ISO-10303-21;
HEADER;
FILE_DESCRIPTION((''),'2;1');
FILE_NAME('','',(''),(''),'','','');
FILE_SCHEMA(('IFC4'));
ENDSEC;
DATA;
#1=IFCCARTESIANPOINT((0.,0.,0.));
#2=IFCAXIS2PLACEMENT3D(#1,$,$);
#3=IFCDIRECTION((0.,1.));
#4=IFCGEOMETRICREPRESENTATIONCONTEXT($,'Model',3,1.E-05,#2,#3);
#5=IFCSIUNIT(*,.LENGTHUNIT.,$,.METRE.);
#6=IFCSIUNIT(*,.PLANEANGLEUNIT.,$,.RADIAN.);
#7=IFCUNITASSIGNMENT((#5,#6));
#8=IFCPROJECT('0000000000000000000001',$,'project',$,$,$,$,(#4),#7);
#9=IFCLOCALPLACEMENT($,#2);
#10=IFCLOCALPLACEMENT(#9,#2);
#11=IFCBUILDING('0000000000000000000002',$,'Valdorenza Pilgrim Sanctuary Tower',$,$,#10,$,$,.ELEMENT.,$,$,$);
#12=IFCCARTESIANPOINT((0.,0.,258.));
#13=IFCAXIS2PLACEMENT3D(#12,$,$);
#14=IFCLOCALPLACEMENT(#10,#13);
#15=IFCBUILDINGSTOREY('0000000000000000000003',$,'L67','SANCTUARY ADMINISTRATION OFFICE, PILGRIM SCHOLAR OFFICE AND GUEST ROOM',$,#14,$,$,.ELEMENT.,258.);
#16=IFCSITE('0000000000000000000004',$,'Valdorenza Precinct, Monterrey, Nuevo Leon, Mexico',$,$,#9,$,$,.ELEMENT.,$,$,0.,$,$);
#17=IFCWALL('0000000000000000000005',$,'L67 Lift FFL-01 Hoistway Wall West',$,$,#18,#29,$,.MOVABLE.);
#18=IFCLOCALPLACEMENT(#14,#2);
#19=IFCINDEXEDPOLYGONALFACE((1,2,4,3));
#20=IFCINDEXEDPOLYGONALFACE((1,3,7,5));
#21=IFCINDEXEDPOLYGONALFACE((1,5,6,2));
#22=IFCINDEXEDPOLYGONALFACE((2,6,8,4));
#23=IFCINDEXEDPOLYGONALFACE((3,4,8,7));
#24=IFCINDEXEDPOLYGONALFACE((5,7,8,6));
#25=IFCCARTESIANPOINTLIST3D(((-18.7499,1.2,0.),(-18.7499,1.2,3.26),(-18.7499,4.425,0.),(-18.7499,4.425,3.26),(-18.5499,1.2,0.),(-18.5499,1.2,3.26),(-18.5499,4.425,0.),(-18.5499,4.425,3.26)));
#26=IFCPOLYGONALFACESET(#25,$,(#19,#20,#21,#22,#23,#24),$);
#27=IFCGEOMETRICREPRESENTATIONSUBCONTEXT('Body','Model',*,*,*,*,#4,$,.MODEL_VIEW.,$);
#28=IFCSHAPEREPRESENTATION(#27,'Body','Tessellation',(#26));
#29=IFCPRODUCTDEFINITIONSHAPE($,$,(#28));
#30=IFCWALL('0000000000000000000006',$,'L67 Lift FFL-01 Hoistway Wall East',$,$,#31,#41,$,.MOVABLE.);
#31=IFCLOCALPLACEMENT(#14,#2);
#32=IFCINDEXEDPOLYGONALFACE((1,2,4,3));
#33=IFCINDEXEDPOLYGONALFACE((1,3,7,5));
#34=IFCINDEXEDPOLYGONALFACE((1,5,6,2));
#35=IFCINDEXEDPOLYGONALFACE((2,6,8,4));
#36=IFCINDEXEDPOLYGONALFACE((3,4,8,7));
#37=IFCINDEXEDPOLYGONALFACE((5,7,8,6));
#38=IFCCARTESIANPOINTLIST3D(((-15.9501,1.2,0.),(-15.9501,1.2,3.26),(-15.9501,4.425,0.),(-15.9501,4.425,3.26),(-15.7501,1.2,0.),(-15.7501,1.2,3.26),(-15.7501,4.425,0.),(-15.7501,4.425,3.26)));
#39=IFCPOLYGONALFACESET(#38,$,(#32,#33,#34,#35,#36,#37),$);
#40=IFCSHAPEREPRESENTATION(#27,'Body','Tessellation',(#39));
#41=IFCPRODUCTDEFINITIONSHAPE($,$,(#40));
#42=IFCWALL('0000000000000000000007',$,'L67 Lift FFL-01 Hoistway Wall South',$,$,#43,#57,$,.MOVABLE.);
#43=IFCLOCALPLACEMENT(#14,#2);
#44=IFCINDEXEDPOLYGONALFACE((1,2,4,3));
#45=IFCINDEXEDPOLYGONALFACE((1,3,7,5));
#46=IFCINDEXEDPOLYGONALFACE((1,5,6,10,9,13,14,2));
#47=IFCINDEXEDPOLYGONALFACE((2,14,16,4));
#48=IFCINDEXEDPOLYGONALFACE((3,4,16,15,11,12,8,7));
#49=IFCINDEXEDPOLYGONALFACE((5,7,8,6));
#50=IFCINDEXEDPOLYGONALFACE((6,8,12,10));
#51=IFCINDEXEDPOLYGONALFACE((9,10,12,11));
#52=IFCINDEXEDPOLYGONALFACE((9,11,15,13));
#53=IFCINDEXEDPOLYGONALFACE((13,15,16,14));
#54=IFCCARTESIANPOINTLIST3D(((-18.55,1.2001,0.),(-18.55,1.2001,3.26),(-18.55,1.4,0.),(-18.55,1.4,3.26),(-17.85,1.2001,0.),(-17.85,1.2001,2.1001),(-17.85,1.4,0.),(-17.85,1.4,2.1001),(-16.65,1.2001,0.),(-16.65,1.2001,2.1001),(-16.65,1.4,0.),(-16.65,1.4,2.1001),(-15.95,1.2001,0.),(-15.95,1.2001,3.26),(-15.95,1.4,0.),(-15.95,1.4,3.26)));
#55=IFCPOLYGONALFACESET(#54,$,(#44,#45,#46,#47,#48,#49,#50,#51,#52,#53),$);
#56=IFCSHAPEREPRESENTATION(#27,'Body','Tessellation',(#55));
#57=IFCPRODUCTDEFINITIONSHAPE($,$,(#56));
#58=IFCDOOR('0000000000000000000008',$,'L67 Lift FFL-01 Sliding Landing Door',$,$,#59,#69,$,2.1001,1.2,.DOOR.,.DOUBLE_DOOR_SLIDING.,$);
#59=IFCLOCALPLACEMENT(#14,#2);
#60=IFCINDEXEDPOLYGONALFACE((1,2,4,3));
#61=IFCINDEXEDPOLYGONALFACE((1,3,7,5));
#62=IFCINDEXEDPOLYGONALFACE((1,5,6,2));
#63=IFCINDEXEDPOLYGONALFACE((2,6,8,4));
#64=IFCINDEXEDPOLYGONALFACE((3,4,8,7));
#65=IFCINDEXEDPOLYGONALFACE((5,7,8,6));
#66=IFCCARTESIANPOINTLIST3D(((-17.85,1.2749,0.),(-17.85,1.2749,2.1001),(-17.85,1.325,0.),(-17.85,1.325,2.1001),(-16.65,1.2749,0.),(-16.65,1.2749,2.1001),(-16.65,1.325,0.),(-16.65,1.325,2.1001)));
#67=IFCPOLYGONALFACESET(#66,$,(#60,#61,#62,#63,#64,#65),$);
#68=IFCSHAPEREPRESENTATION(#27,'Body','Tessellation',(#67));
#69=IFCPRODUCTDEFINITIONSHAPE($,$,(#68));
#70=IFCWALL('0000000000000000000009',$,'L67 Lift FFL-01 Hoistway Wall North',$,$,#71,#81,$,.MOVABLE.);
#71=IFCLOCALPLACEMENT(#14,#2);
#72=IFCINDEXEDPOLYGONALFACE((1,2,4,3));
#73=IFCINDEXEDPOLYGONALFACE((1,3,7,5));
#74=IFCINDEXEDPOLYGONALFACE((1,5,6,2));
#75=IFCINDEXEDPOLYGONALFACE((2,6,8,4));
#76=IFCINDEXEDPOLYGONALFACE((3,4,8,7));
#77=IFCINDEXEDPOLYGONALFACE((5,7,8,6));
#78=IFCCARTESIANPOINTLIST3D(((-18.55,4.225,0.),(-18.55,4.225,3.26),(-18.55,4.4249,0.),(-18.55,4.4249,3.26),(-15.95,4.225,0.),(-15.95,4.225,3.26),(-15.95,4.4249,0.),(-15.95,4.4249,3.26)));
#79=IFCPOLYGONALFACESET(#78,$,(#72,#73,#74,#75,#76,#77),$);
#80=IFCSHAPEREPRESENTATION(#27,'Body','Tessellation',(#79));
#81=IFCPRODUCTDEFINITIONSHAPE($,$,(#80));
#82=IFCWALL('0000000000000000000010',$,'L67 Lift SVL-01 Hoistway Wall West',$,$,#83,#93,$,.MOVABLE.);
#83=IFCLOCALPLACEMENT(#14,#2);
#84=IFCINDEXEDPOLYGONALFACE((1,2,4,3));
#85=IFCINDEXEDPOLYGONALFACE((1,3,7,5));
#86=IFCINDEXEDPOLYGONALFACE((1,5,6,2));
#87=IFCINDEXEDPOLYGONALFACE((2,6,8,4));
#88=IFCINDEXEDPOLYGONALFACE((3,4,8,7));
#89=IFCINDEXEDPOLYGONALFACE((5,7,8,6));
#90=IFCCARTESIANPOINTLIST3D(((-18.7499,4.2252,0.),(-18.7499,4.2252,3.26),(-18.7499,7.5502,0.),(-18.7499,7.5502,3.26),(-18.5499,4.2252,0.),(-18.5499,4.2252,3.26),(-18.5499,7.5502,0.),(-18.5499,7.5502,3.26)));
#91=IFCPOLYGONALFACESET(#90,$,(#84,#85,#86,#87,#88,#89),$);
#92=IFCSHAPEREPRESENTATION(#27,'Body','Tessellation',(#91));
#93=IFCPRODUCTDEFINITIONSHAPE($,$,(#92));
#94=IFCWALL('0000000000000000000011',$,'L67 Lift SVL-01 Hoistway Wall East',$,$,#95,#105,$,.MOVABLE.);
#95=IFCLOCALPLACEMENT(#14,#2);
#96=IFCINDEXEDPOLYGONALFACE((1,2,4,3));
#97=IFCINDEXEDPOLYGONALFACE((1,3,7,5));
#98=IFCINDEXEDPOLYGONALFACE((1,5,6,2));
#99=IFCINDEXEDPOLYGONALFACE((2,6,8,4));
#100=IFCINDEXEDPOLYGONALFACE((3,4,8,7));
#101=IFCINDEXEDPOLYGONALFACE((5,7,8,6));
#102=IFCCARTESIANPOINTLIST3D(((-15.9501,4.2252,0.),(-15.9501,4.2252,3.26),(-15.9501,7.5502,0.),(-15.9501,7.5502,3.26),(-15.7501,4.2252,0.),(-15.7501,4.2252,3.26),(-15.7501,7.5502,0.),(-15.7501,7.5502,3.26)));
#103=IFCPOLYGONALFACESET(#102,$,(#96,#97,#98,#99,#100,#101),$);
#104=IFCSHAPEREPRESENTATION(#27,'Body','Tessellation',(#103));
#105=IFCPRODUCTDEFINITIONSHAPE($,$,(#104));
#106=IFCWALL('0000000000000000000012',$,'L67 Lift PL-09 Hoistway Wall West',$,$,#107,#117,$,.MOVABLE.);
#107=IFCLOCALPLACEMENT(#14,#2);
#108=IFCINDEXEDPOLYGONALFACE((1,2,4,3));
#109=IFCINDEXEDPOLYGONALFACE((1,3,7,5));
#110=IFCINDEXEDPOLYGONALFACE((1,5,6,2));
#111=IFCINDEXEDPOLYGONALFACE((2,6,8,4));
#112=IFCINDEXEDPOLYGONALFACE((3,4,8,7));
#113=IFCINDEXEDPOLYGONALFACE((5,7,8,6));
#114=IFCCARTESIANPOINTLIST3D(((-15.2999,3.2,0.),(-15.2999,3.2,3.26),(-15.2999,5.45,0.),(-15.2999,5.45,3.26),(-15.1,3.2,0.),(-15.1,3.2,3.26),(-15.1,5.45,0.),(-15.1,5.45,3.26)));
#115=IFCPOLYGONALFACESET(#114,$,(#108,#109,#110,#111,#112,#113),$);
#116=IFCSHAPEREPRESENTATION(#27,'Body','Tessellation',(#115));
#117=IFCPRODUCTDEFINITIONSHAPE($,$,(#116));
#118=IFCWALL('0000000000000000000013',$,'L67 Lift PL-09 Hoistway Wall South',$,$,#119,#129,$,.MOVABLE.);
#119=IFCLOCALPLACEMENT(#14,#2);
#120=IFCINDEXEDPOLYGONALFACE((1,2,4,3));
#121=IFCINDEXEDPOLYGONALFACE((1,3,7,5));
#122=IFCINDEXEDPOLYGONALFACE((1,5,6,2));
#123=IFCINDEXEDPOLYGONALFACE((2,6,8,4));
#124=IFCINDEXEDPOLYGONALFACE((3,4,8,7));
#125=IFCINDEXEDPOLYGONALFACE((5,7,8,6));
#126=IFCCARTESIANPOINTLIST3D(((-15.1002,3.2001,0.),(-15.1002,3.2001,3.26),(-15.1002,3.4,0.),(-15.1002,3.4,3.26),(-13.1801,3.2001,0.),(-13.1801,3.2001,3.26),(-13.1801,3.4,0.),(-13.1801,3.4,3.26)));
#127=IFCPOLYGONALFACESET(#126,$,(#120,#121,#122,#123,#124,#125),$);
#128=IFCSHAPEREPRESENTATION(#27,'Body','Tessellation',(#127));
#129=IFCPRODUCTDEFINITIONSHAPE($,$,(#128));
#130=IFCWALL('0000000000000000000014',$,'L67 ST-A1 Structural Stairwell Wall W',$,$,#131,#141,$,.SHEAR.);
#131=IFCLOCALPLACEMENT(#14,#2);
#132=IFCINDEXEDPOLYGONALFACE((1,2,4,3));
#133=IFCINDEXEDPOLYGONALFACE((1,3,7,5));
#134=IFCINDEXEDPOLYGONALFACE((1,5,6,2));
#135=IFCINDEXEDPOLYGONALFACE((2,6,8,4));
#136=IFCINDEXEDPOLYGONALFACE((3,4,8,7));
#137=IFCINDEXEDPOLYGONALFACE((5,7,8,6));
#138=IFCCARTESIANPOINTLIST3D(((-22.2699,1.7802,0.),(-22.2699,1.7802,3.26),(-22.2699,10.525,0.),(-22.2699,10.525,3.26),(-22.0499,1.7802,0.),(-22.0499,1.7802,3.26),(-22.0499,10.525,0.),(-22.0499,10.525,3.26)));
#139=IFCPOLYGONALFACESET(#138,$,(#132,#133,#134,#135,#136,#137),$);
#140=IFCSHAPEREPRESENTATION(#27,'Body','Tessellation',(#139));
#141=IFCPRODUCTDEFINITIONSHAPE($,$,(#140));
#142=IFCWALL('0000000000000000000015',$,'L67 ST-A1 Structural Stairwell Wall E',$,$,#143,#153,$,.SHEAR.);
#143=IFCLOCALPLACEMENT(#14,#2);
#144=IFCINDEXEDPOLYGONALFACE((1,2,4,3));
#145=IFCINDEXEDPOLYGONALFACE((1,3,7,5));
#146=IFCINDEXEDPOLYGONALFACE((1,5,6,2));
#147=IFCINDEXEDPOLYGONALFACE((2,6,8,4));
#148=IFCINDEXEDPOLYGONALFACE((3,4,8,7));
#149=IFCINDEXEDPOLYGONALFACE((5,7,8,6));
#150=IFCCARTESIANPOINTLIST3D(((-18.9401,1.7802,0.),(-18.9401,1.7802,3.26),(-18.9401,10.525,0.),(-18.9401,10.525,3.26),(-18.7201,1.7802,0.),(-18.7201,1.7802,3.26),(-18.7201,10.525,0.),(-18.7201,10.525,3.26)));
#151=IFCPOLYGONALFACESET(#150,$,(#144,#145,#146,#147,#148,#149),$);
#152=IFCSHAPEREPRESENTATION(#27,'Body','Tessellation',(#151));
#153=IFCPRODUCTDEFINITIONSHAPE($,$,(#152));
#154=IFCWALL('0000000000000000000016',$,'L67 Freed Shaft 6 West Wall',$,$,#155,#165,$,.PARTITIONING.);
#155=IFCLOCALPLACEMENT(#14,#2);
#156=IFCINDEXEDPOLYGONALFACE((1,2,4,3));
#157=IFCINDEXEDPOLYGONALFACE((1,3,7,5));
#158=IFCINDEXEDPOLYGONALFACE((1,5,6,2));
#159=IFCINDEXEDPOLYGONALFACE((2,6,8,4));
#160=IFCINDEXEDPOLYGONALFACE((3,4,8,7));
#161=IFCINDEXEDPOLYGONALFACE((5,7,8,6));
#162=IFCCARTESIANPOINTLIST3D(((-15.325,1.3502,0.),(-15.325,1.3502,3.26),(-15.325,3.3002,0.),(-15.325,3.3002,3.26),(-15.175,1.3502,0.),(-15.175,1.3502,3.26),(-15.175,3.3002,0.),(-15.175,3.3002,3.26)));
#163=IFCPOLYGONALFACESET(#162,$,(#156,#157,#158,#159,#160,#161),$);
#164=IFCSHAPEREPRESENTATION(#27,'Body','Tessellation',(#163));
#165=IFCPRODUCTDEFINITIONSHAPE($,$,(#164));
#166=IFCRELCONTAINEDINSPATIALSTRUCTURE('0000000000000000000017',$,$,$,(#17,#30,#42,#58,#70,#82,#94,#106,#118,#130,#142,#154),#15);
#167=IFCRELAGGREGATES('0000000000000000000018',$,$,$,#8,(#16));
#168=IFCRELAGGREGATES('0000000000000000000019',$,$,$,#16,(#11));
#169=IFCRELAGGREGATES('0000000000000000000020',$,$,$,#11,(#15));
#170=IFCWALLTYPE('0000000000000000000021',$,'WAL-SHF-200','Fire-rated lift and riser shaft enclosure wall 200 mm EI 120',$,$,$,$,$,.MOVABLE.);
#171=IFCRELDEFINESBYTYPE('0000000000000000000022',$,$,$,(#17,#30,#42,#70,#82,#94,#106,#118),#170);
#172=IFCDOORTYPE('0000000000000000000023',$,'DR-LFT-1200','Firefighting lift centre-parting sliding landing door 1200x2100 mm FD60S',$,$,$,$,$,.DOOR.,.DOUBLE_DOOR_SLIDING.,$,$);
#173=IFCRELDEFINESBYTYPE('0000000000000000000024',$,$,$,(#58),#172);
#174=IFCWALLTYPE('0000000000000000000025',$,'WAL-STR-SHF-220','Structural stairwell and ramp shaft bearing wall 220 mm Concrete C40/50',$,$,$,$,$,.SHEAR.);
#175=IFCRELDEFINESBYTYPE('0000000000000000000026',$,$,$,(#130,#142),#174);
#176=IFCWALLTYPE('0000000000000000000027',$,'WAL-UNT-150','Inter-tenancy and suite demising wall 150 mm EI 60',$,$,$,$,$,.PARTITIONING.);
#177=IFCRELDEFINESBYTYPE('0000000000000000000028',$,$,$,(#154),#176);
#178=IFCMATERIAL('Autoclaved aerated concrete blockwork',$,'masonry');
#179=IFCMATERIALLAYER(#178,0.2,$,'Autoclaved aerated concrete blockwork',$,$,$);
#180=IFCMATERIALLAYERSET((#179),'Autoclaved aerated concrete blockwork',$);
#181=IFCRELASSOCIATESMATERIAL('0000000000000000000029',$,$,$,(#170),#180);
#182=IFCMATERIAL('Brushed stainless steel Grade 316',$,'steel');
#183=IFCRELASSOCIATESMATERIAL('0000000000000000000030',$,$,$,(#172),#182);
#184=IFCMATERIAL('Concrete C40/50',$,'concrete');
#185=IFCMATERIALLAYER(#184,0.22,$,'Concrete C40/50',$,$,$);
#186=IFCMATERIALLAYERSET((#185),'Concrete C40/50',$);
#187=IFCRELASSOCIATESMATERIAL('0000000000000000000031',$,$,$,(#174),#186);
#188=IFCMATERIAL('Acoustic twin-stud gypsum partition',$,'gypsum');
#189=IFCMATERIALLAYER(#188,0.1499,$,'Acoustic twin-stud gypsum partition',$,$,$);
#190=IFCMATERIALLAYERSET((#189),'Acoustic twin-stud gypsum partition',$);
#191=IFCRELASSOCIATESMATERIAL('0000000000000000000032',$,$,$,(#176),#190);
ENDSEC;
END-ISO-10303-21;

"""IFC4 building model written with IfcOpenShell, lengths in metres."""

from ifc_helpers import new_model, si_unit, direction, frame, frame_2d, origin, place, context, subcontext, project, spatial, rectangle, extrude, material, layer, layer_set, type_object, element, fill, save


model = new_model("IFC4")

# Units and contexts
model_context = context("Model", 3, precision=1e-05, world=origin(), true_north=direction((0.0, 1.0)))
body_context = subcontext(model_context, "Body", "Model", "MODEL_VIEW")
ifc_project = project(units=[si_unit("LENGTHUNIT", "METRE"), si_unit("PLANEANGLEUNIT", "RADIAN")], contexts=[model_context])

# Site, building, storey
site_placement = place(None, origin())
site = spatial("IfcSite", under=ifc_project, at=site_placement, Name="Valdorenza Precinct, Monterrey, Nuevo Leon, Mexico", CompositionType="ELEMENT", RefElevation=0.0)
building_placement = place(site_placement, origin())
building = spatial("IfcBuilding", under=site, at=building_placement, Name="Valdorenza Pilgrim Sanctuary Tower", CompositionType="ELEMENT")
storey_placement = place(building_placement, frame((0.0, 0.0, 258.0)))
storey = spatial("IfcBuildingStorey", under=building, at=storey_placement, Name="L67", Description="SANCTUARY ADMINISTRATION OFFICE, PILGRIM SCHOLAR OFFICE AND GUEST ROOM", CompositionType="ELEMENT", Elevation=258.0)

# Walls
ifc_material_1 = material(Name="Autoclaved aerated concrete blockwork", Category="masonry")
ifc_layer_1 = layer(ifc_material_1, 0.2, Name="Autoclaved aerated concrete blockwork")
ifc_layer_set_1 = layer_set([ifc_layer_1], Name="Autoclaved aerated concrete blockwork")
wall_type_1 = type_object("IfcWallType", Name="WAL-SHF-200", Description="Fire-rated lift and riser shaft enclosure wall 200 mm EI 120", PredefinedType="MOVABLE", material=ifc_layer_set_1)
for number, where, z_axis, x_axis, name in (
    (1, (-18.6499, 1.2, 0.0), (0.0, 0.0, 1.0), (0.0, 1.0, 0.0), "L67 Lift FFL-01 Hoistway Wall West"),
    (2, (-15.8501, 1.2, 0.0), (0.0, 0.0, 1.0), (0.0, 1.0, 0.0), "L67 Lift FFL-01 Hoistway Wall East"),
):
    element("IfcWall", number, at=place(storey_placement, frame(where, z_axis=z_axis, x_axis=x_axis)), inside=storey, type_object=wall_type_1, Name=name, PredefinedType="MOVABLE", context=body_context, shape_type="SweptSolid", body=[
        extrude(rectangle(XDim=3.2251, YDim=0.2, at=frame_2d((1.6125, 0.0))), origin(), (0.0, 0.0, 1.0), 3.26),
    ])

# Wall, opening, door
wall_1_placement = place(storey_placement, frame((-18.55, 1.3, 0.0), z_axis=(0.0, 0.0, 1.0), x_axis=(1.0, 0.0, 0.0)))
wall_1 = element("IfcWall", 3, at=wall_1_placement, inside=storey, type_object=wall_type_1, Name="L67 Lift FFL-01 Hoistway Wall South", PredefinedType="MOVABLE", context=body_context, shape_type="SweptSolid", body=[
    extrude(rectangle(XDim=2.6001, YDim=0.2, at=frame_2d((1.3, 0.0))), origin(), (0.0, 0.0, 1.0), 3.26),
])
opening_1_placement = place(wall_1_placement, frame((0.7, 0.0, 0.0)))
opening_1 = element("IfcOpeningElement", 4, at=opening_1_placement, cuts=wall_1, PredefinedType="OPENING", context=body_context, shape_type="SweptSolid", body=[
    extrude(rectangle(XDim=1.2, YDim=2.1001, at=frame_2d((0.6001, 1.05))), frame((0.0, 0.1147, 0.0), z_axis=(0.0, -1.0, 0.0), x_axis=(1.0, 0.0, 0.0)), (0.0, 0.0, 1.0), 0.2297),
])
ifc_material_2 = material(Name="Brushed stainless steel Grade 316", Category="steel")
door_type_1 = type_object("IfcDoorType", Name="DR-LFT-1200", Description="Firefighting lift centre-parting sliding landing door 1200x2100 mm FD60S", OperationType="DOUBLE_DOOR_SLIDING", PredefinedType="DOOR", material=ifc_material_2)
door_1_placement = place(opening_1_placement, origin())
door_1 = element("IfcDoor", 5, at=door_1_placement, inside=storey, type_object=door_type_1, Name="L67 Lift FFL-01 Sliding Landing Door", OperationType="DOUBLE_DOOR_SLIDING", OverallHeight=2.1001, OverallWidth=1.2, PredefinedType="DOOR", context=body_context, shape_type="SweptSolid", body=[
    extrude(rectangle(XDim=1.2, YDim=2.1001, at=frame_2d((0.6001, 1.05))), frame((0.0, 0.0249, 0.0), z_axis=(0.0, -1.0, 0.0), x_axis=(1.0, 0.0, 0.0)), (0.0, 0.0, 1.0), 0.05),
])
fill(opening_1, door_1)

# Walls
wall_2_placement = place(storey_placement, frame((-18.55, 4.325, 0.0), z_axis=(0.0, 0.0, 1.0), x_axis=(1.0, 0.0, 0.0)))
element("IfcWall", 6, at=wall_2_placement, inside=storey, type_object=wall_type_1, Name="L67 Lift FFL-01 Hoistway Wall North", PredefinedType="MOVABLE", context=body_context, shape_type="SweptSolid", body=[
    extrude(rectangle(XDim=2.6001, YDim=0.2, at=frame_2d((1.3, 0.0))), origin(), (0.0, 0.0, 1.0), 3.26),
])
for number, where, z_axis, x_axis, name in (
    (7, (-18.6499, 4.2251, 0.0), (0.0, 0.0, 1.0), (0.0, 1.0, 0.0), "L67 Lift SVL-01 Hoistway Wall West"),
    (8, (-15.8501, 4.2251, 0.0), (0.0, 0.0, 1.0), (0.0, 1.0, 0.0), "L67 Lift SVL-01 Hoistway Wall East"),
):
    element("IfcWall", number, at=place(storey_placement, frame(where, z_axis=z_axis, x_axis=x_axis)), inside=storey, type_object=wall_type_1, Name=name, PredefinedType="MOVABLE", context=body_context, shape_type="SweptSolid", body=[
        extrude(rectangle(XDim=3.325, YDim=0.2, at=frame_2d((1.6626, 0.0))), origin(), (0.0, 0.0, 1.0), 3.26),
    ])
wall_3_placement = place(storey_placement, frame((-15.2, 3.2, 0.0), z_axis=(0.0, 0.0, 1.0), x_axis=(0.0, 1.0, 0.0)))
element("IfcWall", 9, at=wall_3_placement, inside=storey, type_object=wall_type_1, Name="L67 Lift PL-09 Hoistway Wall West", PredefinedType="MOVABLE", context=body_context, shape_type="SweptSolid", body=[
    extrude(rectangle(XDim=2.25, YDim=0.2, at=frame_2d((1.125, 0.0))), origin(), (0.0, 0.0, 1.0), 3.26),
])
wall_4_placement = place(storey_placement, frame((-15.1001, 3.3, 0.0), z_axis=(0.0, 0.0, 1.0), x_axis=(1.0, 0.0, 0.0)))
element("IfcWall", 10, at=wall_4_placement, inside=storey, type_object=wall_type_1, Name="L67 Lift PL-09 Hoistway Wall South", PredefinedType="MOVABLE", context=body_context, shape_type="SweptSolid", body=[
    extrude(rectangle(XDim=1.9202, YDim=0.2, at=frame_2d((0.96, 0.0))), origin(), (0.0, 0.0, 1.0), 3.26),
])
ifc_material_3 = material(Name="Concrete C40/50", Category="concrete")
ifc_layer_2 = layer(ifc_material_3, 0.22, Name="Concrete C40/50")
ifc_layer_set_2 = layer_set([ifc_layer_2], Name="Concrete C40/50")
wall_type_2 = type_object("IfcWallType", Name="WAL-STR-SHF-220", Description="Structural stairwell and ramp shaft bearing wall 220 mm Concrete C40/50", PredefinedType="SHEAR", material=ifc_layer_set_2)
for number, where, z_axis, x_axis, name in (
    (11, (-22.1599, 1.78, 0.0), (0.0, 0.0, 1.0), (0.0, 1.0, 0.0), "L67 ST-A1 Structural Stairwell Wall W"),
    (12, (-18.8301, 1.78, 0.0), (0.0, 0.0, 1.0), (0.0, 1.0, 0.0), "L67 ST-A1 Structural Stairwell Wall E"),
):
    element("IfcWall", number, at=place(storey_placement, frame(where, z_axis=z_axis, x_axis=x_axis)), inside=storey, type_object=wall_type_2, Name=name, PredefinedType="SHEAR", context=body_context, shape_type="SweptSolid", body=[
        extrude(rectangle(XDim=8.7449, YDim=0.22, at=frame_2d((4.3726, 0.0))), origin(), (0.0, 0.0, 1.0), 3.26),
    ])

# Wall
ifc_material_4 = material(Name="Acoustic twin-stud gypsum partition", Category="gypsum")
ifc_layer_3 = layer(ifc_material_4, 0.1499, Name="Acoustic twin-stud gypsum partition")
ifc_layer_set_3 = layer_set([ifc_layer_3], Name="Acoustic twin-stud gypsum partition")
wall_type_3 = type_object("IfcWallType", Name="WAL-UNT-150", Description="Inter-tenancy and suite demising wall 150 mm EI 60", PredefinedType="PARTITIONING", material=ifc_layer_set_3)
wall_5_placement = place(storey_placement, frame((-15.25, 1.3501, 0.0), z_axis=(0.0, 0.0, 1.0), x_axis=(0.0, 1.0, 0.0)))
element("IfcWall", 13, at=wall_5_placement, inside=storey, type_object=wall_type_3, Name="L67 Freed Shaft 6 West Wall", PredefinedType="PARTITIONING", context=body_context, shape_type="SweptSolid", body=[
    extrude(rectangle(XDim=1.95, YDim=0.1499, at=frame_2d((0.9751, 0.0))), origin(), (0.0, 0.0, 1.0), 3.26),
])

save(model, "model.ifc")
